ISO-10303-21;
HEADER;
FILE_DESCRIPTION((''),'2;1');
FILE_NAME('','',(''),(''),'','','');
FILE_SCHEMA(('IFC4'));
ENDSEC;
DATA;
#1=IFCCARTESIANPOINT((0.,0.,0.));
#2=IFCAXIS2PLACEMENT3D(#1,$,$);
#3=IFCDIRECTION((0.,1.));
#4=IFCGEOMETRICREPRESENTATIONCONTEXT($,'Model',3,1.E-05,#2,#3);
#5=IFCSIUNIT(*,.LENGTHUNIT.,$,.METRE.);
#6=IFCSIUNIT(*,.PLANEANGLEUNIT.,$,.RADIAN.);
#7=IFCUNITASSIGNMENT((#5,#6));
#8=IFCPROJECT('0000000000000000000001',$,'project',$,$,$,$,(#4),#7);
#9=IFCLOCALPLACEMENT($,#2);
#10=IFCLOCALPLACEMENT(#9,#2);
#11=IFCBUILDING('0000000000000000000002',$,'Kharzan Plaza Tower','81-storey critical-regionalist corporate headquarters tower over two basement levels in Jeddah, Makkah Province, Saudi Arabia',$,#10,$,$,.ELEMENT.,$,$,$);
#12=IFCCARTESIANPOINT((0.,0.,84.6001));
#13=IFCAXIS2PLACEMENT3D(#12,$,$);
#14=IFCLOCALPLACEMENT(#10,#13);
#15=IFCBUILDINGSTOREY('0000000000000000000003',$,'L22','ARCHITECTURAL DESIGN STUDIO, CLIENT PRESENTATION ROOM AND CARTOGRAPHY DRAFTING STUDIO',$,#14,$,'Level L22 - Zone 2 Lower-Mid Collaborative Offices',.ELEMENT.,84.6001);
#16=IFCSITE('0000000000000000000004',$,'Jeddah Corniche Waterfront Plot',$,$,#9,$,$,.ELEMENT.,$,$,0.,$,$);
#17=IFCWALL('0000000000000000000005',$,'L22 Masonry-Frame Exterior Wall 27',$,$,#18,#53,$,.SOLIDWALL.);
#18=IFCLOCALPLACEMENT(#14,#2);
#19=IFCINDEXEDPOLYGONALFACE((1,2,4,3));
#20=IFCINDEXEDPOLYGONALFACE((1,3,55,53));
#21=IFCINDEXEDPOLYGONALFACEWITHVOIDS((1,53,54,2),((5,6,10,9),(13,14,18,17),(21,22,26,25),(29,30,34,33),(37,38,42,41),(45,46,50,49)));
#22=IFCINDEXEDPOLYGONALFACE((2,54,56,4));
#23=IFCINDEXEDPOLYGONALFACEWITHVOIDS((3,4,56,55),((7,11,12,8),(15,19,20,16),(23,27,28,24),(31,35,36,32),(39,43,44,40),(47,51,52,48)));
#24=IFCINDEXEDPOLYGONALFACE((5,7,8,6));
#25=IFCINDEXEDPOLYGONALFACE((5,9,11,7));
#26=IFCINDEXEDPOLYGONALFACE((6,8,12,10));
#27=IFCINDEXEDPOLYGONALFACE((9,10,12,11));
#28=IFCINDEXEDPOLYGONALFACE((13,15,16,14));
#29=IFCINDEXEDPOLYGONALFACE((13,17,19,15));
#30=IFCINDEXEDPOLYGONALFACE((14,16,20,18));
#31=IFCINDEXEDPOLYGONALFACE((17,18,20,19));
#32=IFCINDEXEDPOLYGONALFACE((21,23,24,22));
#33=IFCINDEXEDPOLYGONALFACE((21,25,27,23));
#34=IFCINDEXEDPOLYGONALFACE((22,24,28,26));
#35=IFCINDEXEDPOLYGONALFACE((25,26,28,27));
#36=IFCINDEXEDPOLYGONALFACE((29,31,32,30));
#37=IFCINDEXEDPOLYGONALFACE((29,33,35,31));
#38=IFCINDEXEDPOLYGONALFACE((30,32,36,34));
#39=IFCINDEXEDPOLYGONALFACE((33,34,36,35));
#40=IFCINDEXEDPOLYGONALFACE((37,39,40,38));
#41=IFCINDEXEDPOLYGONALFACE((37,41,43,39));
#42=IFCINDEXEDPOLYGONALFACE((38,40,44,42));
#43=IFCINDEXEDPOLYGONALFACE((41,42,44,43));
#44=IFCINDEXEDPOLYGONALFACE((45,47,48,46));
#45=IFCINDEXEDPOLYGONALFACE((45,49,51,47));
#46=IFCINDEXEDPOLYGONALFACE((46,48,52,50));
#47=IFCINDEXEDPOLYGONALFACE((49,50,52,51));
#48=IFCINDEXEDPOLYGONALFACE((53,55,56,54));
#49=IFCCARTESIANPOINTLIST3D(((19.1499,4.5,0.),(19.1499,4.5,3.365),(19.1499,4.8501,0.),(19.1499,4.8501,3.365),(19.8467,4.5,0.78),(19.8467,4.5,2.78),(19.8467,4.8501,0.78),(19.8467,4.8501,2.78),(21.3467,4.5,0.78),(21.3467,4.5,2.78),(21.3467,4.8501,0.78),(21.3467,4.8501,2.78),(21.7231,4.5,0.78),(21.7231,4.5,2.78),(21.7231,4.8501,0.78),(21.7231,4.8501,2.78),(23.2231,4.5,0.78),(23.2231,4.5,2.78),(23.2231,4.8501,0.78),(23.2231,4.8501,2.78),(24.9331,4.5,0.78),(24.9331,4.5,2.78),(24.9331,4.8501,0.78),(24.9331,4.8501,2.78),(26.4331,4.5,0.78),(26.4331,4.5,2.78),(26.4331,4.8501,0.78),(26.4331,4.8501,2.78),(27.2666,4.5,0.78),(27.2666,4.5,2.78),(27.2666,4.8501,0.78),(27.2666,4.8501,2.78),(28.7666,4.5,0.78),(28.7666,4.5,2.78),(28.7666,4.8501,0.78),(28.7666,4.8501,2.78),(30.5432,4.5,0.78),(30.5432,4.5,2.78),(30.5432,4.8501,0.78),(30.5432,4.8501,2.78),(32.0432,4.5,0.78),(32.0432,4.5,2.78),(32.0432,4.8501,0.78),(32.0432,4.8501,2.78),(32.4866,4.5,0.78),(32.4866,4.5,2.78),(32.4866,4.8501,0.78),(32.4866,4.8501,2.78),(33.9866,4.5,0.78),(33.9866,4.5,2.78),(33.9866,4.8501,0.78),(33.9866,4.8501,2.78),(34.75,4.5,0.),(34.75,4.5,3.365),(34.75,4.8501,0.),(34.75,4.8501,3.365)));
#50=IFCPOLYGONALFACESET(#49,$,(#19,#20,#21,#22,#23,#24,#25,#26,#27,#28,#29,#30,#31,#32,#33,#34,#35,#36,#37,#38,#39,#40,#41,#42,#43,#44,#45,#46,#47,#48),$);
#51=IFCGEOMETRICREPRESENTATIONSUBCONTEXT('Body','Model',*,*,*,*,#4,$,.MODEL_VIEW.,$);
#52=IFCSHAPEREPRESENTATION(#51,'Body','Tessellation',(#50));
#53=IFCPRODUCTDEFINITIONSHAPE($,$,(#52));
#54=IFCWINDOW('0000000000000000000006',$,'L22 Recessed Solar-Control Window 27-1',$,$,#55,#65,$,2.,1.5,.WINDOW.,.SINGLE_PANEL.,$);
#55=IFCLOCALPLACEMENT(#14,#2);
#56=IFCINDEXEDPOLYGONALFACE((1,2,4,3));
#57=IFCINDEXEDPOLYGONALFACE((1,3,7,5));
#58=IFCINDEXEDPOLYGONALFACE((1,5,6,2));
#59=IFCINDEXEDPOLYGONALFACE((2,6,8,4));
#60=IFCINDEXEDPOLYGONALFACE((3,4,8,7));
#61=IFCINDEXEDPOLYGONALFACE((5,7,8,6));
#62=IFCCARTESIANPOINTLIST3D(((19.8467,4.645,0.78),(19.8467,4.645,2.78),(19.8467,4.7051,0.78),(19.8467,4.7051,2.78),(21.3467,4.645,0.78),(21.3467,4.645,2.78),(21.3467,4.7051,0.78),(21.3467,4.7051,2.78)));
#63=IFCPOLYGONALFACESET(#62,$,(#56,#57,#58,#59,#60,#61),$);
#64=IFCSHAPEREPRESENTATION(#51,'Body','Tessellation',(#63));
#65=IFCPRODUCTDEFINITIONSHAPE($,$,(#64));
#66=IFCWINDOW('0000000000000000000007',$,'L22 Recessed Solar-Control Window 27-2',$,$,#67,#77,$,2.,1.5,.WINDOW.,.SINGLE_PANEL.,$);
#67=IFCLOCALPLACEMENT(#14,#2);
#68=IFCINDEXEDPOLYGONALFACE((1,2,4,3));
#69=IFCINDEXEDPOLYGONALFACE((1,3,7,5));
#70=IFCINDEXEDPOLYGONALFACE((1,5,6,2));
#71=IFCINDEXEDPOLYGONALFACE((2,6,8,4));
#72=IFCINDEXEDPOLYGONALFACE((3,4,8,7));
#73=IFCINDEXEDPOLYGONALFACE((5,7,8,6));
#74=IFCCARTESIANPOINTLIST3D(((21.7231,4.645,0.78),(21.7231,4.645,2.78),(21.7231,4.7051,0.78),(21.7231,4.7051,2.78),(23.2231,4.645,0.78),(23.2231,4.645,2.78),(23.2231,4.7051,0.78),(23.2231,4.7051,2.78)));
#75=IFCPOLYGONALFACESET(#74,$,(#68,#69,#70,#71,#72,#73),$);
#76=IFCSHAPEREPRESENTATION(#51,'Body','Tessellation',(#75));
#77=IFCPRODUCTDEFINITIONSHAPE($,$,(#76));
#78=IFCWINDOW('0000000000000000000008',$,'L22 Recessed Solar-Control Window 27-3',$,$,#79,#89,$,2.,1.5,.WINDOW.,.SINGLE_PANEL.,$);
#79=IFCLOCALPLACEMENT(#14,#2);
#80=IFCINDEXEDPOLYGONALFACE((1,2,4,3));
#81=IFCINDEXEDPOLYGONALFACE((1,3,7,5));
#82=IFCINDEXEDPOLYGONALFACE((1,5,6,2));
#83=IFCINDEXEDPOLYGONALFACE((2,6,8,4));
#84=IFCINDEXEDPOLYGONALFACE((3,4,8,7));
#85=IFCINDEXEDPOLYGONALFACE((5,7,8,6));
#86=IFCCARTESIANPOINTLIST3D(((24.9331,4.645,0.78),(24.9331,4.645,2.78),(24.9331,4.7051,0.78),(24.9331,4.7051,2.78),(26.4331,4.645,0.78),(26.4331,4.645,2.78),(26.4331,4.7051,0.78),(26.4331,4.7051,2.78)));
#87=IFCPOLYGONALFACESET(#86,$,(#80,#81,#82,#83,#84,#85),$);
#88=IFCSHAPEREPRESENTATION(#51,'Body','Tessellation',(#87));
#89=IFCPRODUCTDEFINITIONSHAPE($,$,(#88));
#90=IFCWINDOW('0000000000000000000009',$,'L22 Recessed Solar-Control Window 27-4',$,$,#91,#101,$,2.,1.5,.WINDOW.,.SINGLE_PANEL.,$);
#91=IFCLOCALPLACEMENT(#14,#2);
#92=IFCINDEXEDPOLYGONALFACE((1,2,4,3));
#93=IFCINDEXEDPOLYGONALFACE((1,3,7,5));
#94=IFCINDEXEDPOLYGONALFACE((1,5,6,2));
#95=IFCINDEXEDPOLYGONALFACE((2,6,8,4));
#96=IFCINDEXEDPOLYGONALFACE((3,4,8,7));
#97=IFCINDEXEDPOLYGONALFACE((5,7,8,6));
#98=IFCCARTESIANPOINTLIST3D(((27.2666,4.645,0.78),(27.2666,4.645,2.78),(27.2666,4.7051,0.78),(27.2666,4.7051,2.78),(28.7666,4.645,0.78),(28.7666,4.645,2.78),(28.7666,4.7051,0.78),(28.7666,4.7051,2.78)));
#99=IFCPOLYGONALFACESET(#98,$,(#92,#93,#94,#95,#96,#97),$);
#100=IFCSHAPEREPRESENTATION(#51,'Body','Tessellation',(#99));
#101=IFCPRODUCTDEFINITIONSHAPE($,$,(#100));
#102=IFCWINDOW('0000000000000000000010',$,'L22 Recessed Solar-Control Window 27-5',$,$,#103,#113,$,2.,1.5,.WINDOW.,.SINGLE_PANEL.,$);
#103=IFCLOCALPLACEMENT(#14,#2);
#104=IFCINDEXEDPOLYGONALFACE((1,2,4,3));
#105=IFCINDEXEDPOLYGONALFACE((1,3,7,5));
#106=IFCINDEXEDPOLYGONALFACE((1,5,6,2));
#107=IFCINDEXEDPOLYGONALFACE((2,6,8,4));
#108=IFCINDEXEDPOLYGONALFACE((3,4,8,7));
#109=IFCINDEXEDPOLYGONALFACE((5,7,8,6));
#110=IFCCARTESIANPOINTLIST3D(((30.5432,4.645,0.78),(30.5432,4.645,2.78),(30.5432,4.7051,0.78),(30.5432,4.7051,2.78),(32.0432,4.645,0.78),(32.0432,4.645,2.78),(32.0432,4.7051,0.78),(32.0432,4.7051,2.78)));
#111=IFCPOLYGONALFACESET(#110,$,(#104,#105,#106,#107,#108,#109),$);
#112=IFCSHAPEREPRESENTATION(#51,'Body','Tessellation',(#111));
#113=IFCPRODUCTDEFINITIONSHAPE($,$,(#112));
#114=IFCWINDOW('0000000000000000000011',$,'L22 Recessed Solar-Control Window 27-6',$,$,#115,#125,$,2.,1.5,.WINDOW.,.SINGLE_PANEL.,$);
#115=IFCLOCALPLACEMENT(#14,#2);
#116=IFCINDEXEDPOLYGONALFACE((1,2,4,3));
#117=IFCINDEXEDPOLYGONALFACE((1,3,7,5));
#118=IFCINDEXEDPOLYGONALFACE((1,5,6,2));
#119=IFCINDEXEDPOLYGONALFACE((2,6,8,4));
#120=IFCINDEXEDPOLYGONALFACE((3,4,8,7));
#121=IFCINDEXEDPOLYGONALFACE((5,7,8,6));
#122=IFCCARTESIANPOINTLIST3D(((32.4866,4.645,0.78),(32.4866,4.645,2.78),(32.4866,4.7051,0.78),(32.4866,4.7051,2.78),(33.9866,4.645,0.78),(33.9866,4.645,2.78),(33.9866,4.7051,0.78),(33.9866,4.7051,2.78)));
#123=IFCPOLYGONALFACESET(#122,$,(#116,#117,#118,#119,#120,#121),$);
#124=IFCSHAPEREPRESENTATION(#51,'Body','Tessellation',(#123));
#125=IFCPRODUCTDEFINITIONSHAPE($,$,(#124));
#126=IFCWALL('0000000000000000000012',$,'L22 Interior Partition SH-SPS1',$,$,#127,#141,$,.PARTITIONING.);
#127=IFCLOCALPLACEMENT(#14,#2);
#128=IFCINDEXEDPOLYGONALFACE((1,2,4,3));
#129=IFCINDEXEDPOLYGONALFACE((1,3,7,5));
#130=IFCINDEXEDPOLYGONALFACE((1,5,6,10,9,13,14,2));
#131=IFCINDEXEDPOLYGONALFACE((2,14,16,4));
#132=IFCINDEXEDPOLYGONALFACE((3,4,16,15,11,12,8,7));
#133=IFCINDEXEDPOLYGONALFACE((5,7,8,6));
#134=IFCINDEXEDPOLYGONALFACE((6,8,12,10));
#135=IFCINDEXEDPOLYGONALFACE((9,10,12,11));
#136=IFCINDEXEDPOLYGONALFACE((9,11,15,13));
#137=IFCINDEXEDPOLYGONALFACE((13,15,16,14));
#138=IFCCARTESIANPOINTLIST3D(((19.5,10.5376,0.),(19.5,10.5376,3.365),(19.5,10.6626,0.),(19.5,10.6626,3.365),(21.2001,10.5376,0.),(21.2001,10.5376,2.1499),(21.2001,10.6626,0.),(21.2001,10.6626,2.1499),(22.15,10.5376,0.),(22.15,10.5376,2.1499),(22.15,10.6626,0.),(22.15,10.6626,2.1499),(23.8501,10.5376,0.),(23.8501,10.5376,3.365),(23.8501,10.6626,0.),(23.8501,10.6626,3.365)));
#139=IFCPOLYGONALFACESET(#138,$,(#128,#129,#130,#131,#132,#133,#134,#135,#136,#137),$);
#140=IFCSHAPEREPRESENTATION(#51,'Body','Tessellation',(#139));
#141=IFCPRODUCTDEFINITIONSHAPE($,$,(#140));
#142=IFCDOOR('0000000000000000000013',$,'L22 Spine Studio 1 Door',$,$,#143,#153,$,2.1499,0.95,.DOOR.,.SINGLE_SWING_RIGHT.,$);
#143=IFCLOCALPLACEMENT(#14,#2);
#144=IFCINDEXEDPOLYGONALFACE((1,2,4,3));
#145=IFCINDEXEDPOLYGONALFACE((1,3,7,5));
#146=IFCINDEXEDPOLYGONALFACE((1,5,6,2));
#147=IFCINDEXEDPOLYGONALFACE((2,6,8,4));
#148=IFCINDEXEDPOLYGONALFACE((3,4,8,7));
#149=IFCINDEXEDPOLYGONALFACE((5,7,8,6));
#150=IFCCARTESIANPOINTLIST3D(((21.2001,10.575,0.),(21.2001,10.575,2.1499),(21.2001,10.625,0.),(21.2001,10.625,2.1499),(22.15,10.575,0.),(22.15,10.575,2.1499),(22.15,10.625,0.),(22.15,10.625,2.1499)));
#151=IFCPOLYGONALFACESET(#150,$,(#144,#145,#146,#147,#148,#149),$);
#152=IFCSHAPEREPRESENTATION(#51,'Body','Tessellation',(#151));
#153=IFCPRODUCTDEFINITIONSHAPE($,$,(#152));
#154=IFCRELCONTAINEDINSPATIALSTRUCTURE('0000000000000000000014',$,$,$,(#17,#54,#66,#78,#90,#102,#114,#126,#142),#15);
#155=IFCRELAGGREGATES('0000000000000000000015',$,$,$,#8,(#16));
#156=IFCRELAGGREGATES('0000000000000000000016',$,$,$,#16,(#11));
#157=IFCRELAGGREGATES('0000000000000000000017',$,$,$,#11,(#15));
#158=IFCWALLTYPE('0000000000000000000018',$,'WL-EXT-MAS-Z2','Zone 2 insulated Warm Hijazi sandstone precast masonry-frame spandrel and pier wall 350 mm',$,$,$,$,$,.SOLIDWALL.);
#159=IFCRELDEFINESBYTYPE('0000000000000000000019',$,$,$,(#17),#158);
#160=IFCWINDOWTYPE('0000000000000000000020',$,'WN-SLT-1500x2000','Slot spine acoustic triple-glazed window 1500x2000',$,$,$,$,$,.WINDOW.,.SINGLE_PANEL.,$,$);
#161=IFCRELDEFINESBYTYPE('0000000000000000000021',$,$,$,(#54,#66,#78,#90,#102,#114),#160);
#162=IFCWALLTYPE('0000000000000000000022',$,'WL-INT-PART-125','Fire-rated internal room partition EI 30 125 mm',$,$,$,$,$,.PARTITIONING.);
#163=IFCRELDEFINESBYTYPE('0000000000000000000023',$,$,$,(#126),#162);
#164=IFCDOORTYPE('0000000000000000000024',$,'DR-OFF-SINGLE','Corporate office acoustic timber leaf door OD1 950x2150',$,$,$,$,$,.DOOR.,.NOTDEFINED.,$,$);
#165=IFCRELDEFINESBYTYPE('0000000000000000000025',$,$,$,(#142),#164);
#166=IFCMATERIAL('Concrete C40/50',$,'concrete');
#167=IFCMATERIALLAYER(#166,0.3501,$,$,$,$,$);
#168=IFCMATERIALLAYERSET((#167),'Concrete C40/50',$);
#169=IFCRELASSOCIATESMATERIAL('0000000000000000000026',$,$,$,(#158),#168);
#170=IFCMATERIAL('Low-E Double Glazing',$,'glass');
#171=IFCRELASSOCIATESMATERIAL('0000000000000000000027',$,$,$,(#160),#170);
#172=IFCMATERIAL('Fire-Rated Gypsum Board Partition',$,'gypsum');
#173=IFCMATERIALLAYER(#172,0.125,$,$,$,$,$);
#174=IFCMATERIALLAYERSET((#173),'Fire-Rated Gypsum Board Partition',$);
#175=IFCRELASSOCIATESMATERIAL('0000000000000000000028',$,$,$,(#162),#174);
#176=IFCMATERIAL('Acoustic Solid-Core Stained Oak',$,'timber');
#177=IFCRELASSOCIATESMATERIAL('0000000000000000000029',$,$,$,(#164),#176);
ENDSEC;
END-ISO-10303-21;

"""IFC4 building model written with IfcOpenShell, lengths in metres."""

from ifc_helpers import new_model, si_unit, direction, frame, frame_2d, origin, place, context, subcontext, project, spatial, rectangle, extrude, source, transform, mapped, material, layer, layer_set, type_object, element, fill, save


model = new_model("IFC4")

# Units and contexts
model_context = context("Model", 3, precision=1e-05, world=origin(), true_north=direction((0.0, 1.0)))
body_context = subcontext(model_context, "Body", "Model", "MODEL_VIEW")
ifc_project = project(units=[si_unit("LENGTHUNIT", "METRE"), si_unit("PLANEANGLEUNIT", "RADIAN")], contexts=[model_context])

# Site, building, storey
site_placement = place(None, origin())
site = spatial("IfcSite", under=ifc_project, at=site_placement, Name="Jeddah Corniche Waterfront Plot", CompositionType="ELEMENT", RefElevation=0.0)
building_placement = place(site_placement, origin())
building = spatial("IfcBuilding", under=site, at=building_placement, Name="Kharzan Plaza Tower", Description="81-storey critical-regionalist corporate headquarters tower over two basement levels in Jeddah, Makkah Province, Saudi Arabia", CompositionType="ELEMENT")
storey_placement = place(building_placement, frame((0.0, 0.0, 84.6001)))
storey = spatial("IfcBuildingStorey", under=building, at=storey_placement, Name="L22", Description="ARCHITECTURAL DESIGN STUDIO, CLIENT PRESENTATION ROOM AND CARTOGRAPHY DRAFTING STUDIO", LongName="Level L22 - Zone 2 Lower-Mid Collaborative Offices", CompositionType="ELEMENT", Elevation=84.6001)

# Wall, openings, windows
ifc_material_1 = material(Name="Concrete C40/50", Category="concrete")
ifc_layer_1 = layer(ifc_material_1, 0.3501)
ifc_layer_set_1 = layer_set([ifc_layer_1], Name="Concrete C40/50")
wall_type_1 = type_object("IfcWallType", Name="WL-EXT-MAS-Z2", Description="Zone 2 insulated Warm Hijazi sandstone precast masonry-frame spandrel and pier wall 350 mm", PredefinedType="SOLIDWALL", material=ifc_layer_set_1)
wall_1_placement = place(storey_placement, frame((19.1499, 4.675, 0.0), z_axis=(0.0, 0.0, 1.0), x_axis=(1.0, 0.0, 0.0)))
wall_1 = element("IfcWall", 1, at=wall_1_placement, inside=storey, type_object=wall_type_1, Name="L22 Masonry-Frame Exterior Wall 27", PredefinedType="SOLIDWALL", context=body_context, shape_type="SweptSolid", body=[
    extrude(rectangle(XDim=15.6001, YDim=0.3501, at=frame_2d((7.8, 0.0))), origin(), (0.0, 0.0, 1.0), 3.365),
])
opening_1_placement = place(wall_1_placement, frame((0.6968, 0.0, 0.78)))
opening_1 = element("IfcOpeningElement", 2, at=opening_1_placement, cuts=wall_1, PredefinedType="OPENING", context=body_context, shape_type="SweptSolid", body=[
    extrude(rectangle(XDim=1.5, YDim=2.0, at=frame_2d((0.75, 1.0))), frame((0.0, 0.1851, 0.0), z_axis=(0.0, -1.0, 0.0), x_axis=(1.0, 0.0, 0.0)), (0.0, 0.0, 1.0), 0.3701),
])
opening_2_placement = place(wall_1_placement, frame((2.5732, 0.0, 0.78)))
opening_2 = element("IfcOpeningElement", 3, at=opening_2_placement, cuts=wall_1, PredefinedType="OPENING", context=body_context, shape_type="SweptSolid", body=[
    extrude(rectangle(XDim=1.5, YDim=2.0, at=frame_2d((0.75, 1.0))), frame((0.0, 0.1851, 0.0), z_axis=(0.0, -1.0, 0.0), x_axis=(1.0, 0.0, 0.0)), (0.0, 0.0, 1.0), 0.3701),
])
opening_3_placement = place(wall_1_placement, frame((5.7832, 0.0, 0.78)))
opening_3 = element("IfcOpeningElement", 4, at=opening_3_placement, cuts=wall_1, PredefinedType="OPENING", context=body_context, shape_type="SweptSolid", body=[
    extrude(rectangle(XDim=1.5, YDim=2.0, at=frame_2d((0.75, 1.0))), frame((0.0, 0.1851, 0.0), z_axis=(0.0, -1.0, 0.0), x_axis=(1.0, 0.0, 0.0)), (0.0, 0.0, 1.0), 0.3701),
])
opening_4_placement = place(wall_1_placement, frame((8.1167, 0.0, 0.78)))
opening_4 = element("IfcOpeningElement", 5, at=opening_4_placement, cuts=wall_1, PredefinedType="OPENING", context=body_context, shape_type="SweptSolid", body=[
    extrude(rectangle(XDim=1.5, YDim=2.0, at=frame_2d((0.75, 1.0))), frame((0.0, 0.1851, 0.0), z_axis=(0.0, -1.0, 0.0), x_axis=(1.0, 0.0, 0.0)), (0.0, 0.0, 1.0), 0.3701),
])
opening_5_placement = place(wall_1_placement, frame((11.3933, 0.0, 0.78)))
opening_5 = element("IfcOpeningElement", 6, at=opening_5_placement, cuts=wall_1, PredefinedType="OPENING", context=body_context, shape_type="SweptSolid", body=[
    extrude(rectangle(XDim=1.5, YDim=2.0, at=frame_2d((0.75, 1.0))), frame((0.0, 0.1851, 0.0), z_axis=(0.0, -1.0, 0.0), x_axis=(1.0, 0.0, 0.0)), (0.0, 0.0, 1.0), 0.3701),
])
opening_6_placement = place(wall_1_placement, frame((13.3367, 0.0, 0.78)))
opening_6 = element("IfcOpeningElement", 7, at=opening_6_placement, cuts=wall_1, PredefinedType="OPENING", context=body_context, shape_type="SweptSolid", body=[
    extrude(rectangle(XDim=1.5, YDim=2.0, at=frame_2d((0.75, 1.0))), frame((0.0, 0.1851, 0.0), z_axis=(0.0, -1.0, 0.0), x_axis=(1.0, 0.0, 0.0)), (0.0, 0.0, 1.0), 0.3701),
])
ifc_material_2 = material(Name="Low-E Double Glazing", Category="glass")
window_type = type_object("IfcWindowType", Name="WN-SLT-1500x2000", Description="Slot spine acoustic triple-glazed window 1500x2000", PartitioningType="SINGLE_PANEL", PredefinedType="WINDOW", material=ifc_material_2)
shared_shape_1 = source(origin(), body_context, "Body", "SweptSolid", [
    extrude(rectangle(XDim=1.5, YDim=2.0, at=frame_2d((0.75, 1.0))), frame((0.0, 0.03, 0.0), z_axis=(0.0, -1.0, 0.0), x_axis=(1.0, 0.0, 0.0)), (0.0, 0.0, 1.0), 0.0601),
])
window_1_placement = place(opening_1_placement, origin())
window_1 = element("IfcWindow", 8, at=window_1_placement, inside=storey, type_object=window_type, Name="L22 Recessed Solar-Control Window 27-1", OverallHeight=2.0, OverallWidth=1.5, PartitioningType="SINGLE_PANEL", PredefinedType="WINDOW", context=body_context, shape_type="MappedRepresentation", body=[
    mapped(shared_shape_1, transform((0.0, 0.0, 0.0), x_axis=(1.0, 0.0, 0.0), y_axis=(0.0, 1.0, 0.0), z_axis=(0.0, 0.0, 1.0))),
])
fill(opening_1, window_1)
window_2_placement = place(opening_2_placement, origin())
window_2 = element("IfcWindow", 9, at=window_2_placement, inside=storey, type_object=window_type, Name="L22 Recessed Solar-Control Window 27-2", OverallHeight=2.0, OverallWidth=1.5, PartitioningType="SINGLE_PANEL", PredefinedType="WINDOW", context=body_context, shape_type="MappedRepresentation", body=[
    mapped(shared_shape_1, transform((0.0, 0.0, 0.0), x_axis=(1.0, 0.0, 0.0), y_axis=(0.0, 1.0, 0.0), z_axis=(0.0, 0.0, 1.0))),
])
fill(opening_2, window_2)
window_3_placement = place(opening_3_placement, origin())
window_3 = element("IfcWindow", 10, at=window_3_placement, inside=storey, type_object=window_type, Name="L22 Recessed Solar-Control Window 27-3", OverallHeight=2.0, OverallWidth=1.5, PartitioningType="SINGLE_PANEL", PredefinedType="WINDOW", context=body_context, shape_type="MappedRepresentation", body=[
    mapped(shared_shape_1, transform((0.0, 0.0, 0.0), x_axis=(1.0, 0.0, 0.0), y_axis=(0.0, 1.0, 0.0), z_axis=(0.0, 0.0, 1.0))),
])
fill(opening_3, window_3)
window_4_placement = place(opening_4_placement, origin())
window_4 = element("IfcWindow", 11, at=window_4_placement, inside=storey, type_object=window_type, Name="L22 Recessed Solar-Control Window 27-4", OverallHeight=2.0, OverallWidth=1.5, PartitioningType="SINGLE_PANEL", PredefinedType="WINDOW", context=body_context, shape_type="MappedRepresentation", body=[
    mapped(shared_shape_1, transform((0.0, 0.0, 0.0), x_axis=(1.0, 0.0, 0.0), y_axis=(0.0, 1.0, 0.0), z_axis=(0.0, 0.0, 1.0))),
])
fill(opening_4, window_4)
window_5_placement = place(opening_5_placement, origin())
window_5 = element("IfcWindow", 12, at=window_5_placement, inside=storey, type_object=window_type, Name="L22 Recessed Solar-Control Window 27-5", OverallHeight=2.0, OverallWidth=1.5, PartitioningType="SINGLE_PANEL", PredefinedType="WINDOW", context=body_context, shape_type="MappedRepresentation", body=[
    mapped(shared_shape_1, transform((0.0, 0.0, 0.0), x_axis=(1.0, 0.0, 0.0), y_axis=(0.0, 1.0, 0.0), z_axis=(0.0, 0.0, 1.0))),
])
fill(opening_5, window_5)
window_6_placement = place(opening_6_placement, origin())
window_6 = element("IfcWindow", 13, at=window_6_placement, inside=storey, type_object=window_type, Name="L22 Recessed Solar-Control Window 27-6", OverallHeight=2.0, OverallWidth=1.5, PartitioningType="SINGLE_PANEL", PredefinedType="WINDOW", context=body_context, shape_type="MappedRepresentation", body=[
    mapped(shared_shape_1, transform((0.0, 0.0, 0.0), x_axis=(1.0, 0.0, 0.0), y_axis=(0.0, 1.0, 0.0), z_axis=(0.0, 0.0, 1.0))),
])
fill(opening_6, window_6)

# Wall, opening, door
ifc_material_3 = material(Name="Fire-Rated Gypsum Board Partition", Category="gypsum")
ifc_layer_2 = layer(ifc_material_3, 0.125)
ifc_layer_set_2 = layer_set([ifc_layer_2], Name="Fire-Rated Gypsum Board Partition")
wall_type_2 = type_object("IfcWallType", Name="WL-INT-PART-125", Description="Fire-rated internal room partition EI 30 125 mm", PredefinedType="PARTITIONING", material=ifc_layer_set_2)
wall_2_placement = place(storey_placement, frame((19.5, 10.6001, 0.0), z_axis=(0.0, 0.0, 1.0), x_axis=(1.0, 0.0, 0.0)))
wall_2 = element("IfcWall", 14, at=wall_2_placement, inside=storey, type_object=wall_type_2, Name="L22 Interior Partition SH-SPS1", PredefinedType="PARTITIONING", context=body_context, shape_type="SweptSolid", body=[
    extrude(rectangle(XDim=4.3501, YDim=0.125, at=frame_2d((2.175, 0.0))), origin(), (0.0, 0.0, 1.0), 3.365),
])
opening_7_placement = place(wall_2_placement, frame((1.7, 0.0, 0.0)))
opening_7 = element("IfcOpeningElement", 15, at=opening_7_placement, cuts=wall_2, PredefinedType="OPENING", context=body_context, shape_type="SweptSolid", body=[
    extrude(rectangle(XDim=0.95, YDim=2.1499, at=frame_2d((0.4751, 1.075))), frame((0.0, 0.0725, 0.0), z_axis=(0.0, -1.0, 0.0), x_axis=(1.0, 0.0, 0.0)), (0.0, 0.0, 1.0), 0.145),
])
ifc_material_4 = material(Name="Acoustic Solid-Core Stained Oak", Category="timber")
door_type = type_object("IfcDoorType", Name="DR-OFF-SINGLE", Description="Corporate office acoustic timber leaf door OD1 950x2150", OperationType="NOTDEFINED", PredefinedType="DOOR", material=ifc_material_4)
shared_shape_2 = source(origin(), body_context, "Body", "SweptSolid", [
    extrude(rectangle(XDim=0.95, YDim=2.1499, at=frame_2d((0.4751, 1.075))), frame((0.0, 0.0249, 0.0), z_axis=(0.0, -1.0, 0.0), x_axis=(1.0, 0.0, 0.0)), (0.0, 0.0, 1.0), 0.05),
])
door_1_placement = place(opening_7_placement, origin())
door_1 = element("IfcDoor", 16, at=door_1_placement, inside=storey, type_object=door_type, Name="L22 Spine Studio 1 Door", OperationType="SINGLE_SWING_RIGHT", OverallHeight=2.1499, OverallWidth=0.95, PredefinedType="DOOR", context=body_context, shape_type="MappedRepresentation", body=[
    mapped(shared_shape_2, transform((0.0, 0.0, 0.0), x_axis=(1.0, 0.0, 0.0), y_axis=(0.0, 1.0, 0.0), z_axis=(0.0, 0.0, 1.0))),
])
fill(opening_7, door_1)

save(model, "model.ifc")
